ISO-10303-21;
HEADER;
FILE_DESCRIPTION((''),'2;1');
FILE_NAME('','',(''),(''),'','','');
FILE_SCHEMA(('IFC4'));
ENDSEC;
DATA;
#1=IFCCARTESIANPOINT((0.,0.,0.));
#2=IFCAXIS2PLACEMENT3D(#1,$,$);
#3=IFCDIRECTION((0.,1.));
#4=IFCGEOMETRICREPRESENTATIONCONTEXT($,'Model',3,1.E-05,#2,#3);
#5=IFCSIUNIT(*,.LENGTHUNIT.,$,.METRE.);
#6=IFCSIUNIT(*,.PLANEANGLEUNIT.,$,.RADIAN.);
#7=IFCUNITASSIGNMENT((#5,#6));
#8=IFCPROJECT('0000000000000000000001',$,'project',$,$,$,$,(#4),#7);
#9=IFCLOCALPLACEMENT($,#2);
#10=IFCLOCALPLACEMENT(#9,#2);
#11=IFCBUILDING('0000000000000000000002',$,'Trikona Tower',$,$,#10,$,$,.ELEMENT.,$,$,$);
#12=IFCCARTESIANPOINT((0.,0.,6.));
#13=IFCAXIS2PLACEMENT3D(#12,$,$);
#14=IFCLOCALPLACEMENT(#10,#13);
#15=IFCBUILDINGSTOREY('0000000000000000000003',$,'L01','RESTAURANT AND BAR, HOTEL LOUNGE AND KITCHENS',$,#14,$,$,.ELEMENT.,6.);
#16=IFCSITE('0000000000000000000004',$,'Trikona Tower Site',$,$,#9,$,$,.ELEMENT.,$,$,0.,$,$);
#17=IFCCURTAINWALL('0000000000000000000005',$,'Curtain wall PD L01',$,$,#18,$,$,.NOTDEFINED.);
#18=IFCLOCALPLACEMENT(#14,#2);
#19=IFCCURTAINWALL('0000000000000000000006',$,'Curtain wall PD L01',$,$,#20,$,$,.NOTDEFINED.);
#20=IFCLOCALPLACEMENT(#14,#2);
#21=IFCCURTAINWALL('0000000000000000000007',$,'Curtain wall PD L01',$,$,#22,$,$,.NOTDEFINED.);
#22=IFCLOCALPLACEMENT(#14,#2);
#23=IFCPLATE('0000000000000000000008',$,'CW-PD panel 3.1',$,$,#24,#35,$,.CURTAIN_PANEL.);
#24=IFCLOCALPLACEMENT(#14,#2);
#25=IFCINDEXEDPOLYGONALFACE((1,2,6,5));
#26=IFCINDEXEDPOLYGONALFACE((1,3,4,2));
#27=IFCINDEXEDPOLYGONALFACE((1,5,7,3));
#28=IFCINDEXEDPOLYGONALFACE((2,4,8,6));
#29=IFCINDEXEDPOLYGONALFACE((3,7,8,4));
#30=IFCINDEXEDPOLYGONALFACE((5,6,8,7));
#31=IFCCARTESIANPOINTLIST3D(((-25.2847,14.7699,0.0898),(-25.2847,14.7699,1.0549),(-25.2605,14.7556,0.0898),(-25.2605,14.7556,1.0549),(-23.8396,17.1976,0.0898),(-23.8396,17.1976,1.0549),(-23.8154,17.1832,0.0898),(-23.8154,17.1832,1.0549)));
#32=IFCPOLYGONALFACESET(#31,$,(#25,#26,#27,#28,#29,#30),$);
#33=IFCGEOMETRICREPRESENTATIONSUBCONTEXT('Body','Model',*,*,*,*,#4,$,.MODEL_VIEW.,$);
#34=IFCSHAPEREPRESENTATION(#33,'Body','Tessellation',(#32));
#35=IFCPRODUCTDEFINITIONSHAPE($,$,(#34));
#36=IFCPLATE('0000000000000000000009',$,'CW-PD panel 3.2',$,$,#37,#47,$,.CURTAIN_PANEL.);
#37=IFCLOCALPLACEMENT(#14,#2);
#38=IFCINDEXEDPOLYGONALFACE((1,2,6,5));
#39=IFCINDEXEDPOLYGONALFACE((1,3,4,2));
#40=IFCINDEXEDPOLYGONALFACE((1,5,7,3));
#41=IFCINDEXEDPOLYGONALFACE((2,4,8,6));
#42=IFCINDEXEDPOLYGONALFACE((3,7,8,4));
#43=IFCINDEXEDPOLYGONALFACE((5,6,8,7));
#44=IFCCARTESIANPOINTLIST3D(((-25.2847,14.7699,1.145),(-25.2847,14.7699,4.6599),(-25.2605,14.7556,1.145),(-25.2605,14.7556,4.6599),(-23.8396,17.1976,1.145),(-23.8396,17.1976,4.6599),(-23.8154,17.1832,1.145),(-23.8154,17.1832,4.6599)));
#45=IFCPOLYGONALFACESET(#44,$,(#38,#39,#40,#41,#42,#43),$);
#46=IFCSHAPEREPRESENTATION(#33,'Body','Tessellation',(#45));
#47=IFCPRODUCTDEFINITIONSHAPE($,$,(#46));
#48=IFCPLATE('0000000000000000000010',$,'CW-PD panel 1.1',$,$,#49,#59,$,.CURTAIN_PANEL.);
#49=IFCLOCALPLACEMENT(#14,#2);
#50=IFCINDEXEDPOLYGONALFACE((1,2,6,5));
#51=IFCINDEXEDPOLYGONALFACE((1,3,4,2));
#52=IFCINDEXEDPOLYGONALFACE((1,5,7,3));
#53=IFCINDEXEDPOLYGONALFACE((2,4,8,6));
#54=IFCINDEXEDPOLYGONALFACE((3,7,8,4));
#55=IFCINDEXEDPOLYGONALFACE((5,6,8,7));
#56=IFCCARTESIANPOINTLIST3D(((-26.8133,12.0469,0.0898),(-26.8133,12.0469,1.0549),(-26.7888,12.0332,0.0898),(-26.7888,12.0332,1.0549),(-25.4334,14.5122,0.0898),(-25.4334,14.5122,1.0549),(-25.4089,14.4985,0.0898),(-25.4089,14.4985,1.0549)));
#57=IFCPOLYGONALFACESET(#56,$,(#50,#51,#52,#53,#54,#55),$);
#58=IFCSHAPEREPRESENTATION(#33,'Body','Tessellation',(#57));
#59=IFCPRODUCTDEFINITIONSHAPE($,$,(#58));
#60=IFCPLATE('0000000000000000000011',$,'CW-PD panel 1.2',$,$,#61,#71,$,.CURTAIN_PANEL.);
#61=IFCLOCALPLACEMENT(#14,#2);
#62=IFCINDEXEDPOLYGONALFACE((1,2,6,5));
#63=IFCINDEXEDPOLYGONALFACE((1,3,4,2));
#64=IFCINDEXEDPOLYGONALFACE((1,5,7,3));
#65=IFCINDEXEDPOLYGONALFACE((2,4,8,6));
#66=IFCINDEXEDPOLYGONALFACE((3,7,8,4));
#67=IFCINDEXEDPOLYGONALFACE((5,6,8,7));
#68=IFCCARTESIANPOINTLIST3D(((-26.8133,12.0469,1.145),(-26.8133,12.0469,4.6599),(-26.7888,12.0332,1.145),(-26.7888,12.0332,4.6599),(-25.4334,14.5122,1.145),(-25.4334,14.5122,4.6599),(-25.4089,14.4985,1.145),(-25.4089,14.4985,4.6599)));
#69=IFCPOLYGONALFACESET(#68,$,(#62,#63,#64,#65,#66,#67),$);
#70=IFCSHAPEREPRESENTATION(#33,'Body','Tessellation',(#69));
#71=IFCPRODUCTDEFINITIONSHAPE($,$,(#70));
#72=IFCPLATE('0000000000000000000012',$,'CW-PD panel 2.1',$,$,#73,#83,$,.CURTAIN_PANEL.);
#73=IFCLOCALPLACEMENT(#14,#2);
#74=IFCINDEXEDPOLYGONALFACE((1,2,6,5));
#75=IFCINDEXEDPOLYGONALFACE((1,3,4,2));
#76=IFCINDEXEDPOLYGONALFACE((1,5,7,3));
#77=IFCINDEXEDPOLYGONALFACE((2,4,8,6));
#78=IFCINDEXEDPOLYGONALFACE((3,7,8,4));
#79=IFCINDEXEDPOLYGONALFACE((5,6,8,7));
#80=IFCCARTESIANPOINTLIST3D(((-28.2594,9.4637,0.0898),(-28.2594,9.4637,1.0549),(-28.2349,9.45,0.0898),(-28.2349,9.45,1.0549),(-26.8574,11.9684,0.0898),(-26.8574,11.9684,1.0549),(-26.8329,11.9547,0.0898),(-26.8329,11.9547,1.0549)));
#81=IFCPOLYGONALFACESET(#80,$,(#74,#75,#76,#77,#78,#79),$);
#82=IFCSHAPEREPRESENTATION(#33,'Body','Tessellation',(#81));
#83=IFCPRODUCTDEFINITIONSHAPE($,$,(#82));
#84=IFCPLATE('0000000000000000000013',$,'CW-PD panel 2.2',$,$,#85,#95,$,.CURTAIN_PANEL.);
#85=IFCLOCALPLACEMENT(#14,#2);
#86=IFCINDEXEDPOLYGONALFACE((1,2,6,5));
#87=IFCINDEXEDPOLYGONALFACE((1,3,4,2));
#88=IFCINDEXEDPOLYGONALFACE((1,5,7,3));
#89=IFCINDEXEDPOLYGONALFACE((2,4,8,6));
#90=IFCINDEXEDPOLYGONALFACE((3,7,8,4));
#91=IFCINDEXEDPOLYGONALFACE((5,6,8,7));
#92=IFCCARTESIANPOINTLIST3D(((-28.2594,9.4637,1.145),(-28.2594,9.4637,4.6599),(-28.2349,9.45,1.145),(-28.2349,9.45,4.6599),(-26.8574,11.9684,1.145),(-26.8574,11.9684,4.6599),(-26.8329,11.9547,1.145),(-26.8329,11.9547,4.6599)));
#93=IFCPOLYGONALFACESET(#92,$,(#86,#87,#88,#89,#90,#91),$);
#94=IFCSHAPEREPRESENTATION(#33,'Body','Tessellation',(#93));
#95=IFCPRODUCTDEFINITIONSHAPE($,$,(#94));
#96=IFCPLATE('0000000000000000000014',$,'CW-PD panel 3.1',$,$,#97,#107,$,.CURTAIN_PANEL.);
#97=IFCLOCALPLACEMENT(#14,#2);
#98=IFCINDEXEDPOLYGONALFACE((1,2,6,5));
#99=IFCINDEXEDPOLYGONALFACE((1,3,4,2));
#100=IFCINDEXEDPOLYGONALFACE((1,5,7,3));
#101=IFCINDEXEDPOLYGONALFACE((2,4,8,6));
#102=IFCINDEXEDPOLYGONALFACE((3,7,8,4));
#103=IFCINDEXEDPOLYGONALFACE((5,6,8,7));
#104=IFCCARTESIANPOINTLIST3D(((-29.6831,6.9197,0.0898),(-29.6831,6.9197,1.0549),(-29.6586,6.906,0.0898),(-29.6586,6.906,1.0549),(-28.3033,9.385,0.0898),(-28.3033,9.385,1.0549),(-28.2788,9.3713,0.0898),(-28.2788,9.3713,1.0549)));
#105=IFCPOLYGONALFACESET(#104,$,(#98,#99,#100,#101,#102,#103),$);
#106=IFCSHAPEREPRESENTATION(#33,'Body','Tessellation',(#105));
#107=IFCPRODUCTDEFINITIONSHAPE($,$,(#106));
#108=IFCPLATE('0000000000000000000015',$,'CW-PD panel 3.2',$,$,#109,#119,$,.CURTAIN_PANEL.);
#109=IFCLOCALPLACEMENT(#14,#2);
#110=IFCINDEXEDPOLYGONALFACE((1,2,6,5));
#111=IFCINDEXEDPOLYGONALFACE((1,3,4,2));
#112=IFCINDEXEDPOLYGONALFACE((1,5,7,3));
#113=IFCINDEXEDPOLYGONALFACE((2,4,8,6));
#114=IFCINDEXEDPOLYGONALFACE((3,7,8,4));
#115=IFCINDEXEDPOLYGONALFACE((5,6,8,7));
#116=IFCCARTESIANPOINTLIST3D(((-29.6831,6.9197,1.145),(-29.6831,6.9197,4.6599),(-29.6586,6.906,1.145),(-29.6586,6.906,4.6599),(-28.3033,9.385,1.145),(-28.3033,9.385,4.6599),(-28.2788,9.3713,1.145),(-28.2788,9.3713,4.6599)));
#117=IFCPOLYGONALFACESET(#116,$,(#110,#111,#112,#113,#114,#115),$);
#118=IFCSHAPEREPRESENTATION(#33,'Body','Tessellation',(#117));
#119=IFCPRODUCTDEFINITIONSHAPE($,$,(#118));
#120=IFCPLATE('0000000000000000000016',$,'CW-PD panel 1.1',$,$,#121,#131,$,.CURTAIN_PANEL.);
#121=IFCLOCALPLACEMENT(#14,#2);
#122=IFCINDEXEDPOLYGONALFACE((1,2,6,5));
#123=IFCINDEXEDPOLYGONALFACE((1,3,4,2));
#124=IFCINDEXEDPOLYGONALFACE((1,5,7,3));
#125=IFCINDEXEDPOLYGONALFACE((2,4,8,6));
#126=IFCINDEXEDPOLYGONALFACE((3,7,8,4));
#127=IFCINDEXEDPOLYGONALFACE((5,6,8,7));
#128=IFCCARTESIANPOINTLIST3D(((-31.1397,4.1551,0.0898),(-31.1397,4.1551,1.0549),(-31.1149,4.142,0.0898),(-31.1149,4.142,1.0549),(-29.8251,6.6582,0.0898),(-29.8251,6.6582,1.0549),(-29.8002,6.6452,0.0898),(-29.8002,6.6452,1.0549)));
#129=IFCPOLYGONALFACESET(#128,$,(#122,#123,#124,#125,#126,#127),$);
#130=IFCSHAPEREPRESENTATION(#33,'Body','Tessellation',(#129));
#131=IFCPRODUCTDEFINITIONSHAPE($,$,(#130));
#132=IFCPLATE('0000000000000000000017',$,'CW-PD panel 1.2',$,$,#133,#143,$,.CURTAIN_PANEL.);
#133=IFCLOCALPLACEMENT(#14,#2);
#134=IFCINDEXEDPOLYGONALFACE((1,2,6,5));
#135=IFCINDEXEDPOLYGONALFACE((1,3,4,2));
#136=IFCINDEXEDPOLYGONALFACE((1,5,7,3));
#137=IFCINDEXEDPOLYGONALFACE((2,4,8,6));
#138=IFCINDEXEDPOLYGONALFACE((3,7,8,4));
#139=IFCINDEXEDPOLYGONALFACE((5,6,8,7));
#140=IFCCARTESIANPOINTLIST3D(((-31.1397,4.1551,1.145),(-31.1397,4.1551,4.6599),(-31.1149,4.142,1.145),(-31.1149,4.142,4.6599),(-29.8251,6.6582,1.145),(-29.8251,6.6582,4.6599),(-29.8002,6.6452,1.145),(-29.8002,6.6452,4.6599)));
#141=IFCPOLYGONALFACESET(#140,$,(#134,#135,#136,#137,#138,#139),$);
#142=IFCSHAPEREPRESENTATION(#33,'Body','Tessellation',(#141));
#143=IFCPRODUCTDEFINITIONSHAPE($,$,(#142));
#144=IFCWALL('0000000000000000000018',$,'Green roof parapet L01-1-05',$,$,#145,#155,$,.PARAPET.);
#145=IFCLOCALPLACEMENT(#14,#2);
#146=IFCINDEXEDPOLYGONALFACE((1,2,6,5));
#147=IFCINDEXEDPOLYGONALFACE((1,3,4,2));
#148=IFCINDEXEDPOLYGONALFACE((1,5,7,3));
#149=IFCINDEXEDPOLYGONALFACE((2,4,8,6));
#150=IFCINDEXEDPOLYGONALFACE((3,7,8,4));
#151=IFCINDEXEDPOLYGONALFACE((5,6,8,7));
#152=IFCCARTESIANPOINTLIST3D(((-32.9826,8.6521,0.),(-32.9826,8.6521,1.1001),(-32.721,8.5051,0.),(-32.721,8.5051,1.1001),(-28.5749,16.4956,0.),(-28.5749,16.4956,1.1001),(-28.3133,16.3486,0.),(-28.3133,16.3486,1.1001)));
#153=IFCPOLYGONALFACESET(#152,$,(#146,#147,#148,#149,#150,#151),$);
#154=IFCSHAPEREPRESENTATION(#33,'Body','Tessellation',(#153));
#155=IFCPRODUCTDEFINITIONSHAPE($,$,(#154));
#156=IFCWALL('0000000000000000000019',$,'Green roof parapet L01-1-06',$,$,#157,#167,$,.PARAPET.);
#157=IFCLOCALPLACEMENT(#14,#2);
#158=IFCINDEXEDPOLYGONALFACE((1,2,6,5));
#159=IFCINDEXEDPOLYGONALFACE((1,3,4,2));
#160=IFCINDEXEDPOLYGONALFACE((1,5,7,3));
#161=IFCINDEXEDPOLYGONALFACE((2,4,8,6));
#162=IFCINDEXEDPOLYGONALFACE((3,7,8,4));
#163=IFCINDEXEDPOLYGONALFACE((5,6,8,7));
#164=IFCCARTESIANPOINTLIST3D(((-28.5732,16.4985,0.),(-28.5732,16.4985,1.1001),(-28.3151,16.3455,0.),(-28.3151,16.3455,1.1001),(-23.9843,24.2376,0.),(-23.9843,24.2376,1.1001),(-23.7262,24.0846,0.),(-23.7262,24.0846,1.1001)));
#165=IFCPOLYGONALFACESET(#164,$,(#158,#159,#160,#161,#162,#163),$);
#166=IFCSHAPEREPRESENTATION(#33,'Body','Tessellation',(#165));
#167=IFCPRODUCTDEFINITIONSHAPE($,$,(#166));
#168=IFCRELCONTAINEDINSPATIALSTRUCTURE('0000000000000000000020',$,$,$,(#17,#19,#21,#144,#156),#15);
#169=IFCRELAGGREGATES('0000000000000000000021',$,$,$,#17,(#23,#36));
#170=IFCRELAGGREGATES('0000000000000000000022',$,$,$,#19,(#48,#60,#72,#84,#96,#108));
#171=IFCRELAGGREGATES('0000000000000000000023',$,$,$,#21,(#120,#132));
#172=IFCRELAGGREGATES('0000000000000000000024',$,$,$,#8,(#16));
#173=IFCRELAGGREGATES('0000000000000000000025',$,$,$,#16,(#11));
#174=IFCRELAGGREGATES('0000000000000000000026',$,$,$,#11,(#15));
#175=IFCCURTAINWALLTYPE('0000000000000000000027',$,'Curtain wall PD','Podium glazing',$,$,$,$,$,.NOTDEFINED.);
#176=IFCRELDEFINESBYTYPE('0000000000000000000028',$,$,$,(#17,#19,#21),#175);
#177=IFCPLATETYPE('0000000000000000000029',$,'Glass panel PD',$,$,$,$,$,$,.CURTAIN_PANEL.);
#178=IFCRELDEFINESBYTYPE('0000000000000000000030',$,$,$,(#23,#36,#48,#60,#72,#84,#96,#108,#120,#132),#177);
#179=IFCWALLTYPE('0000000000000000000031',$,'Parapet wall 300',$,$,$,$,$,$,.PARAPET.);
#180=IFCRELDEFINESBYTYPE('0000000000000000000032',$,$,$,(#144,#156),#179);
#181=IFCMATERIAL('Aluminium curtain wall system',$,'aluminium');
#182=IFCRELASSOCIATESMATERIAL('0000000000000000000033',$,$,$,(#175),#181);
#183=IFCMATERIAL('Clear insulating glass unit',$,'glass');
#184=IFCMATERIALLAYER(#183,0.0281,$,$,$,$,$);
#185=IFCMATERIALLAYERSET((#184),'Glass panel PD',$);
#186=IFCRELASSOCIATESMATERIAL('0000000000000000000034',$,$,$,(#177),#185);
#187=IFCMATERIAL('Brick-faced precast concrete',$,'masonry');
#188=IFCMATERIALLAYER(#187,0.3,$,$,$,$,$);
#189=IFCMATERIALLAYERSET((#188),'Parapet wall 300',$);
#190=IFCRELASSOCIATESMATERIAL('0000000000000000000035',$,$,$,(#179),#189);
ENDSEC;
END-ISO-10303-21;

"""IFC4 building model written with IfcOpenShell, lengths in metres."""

from ifc_helpers import new_model, si_unit, direction, frame, frame_2d, origin, origin_2d, place, context, subcontext, project, spatial, rectangle, extrude, material, layer, layer_set, type_object, element, aggregate, save


model = new_model("IFC4")

# Units and contexts
model_context = context("Model", 3, precision=1e-05, world=origin(), true_north=direction((0.0, 1.0)))
body_context = subcontext(model_context, "Body", "Model", "MODEL_VIEW")
ifc_project = project(units=[si_unit("LENGTHUNIT", "METRE"), si_unit("PLANEANGLEUNIT", "RADIAN")], contexts=[model_context])

# Site, building, storey
site_placement = place(None, origin())
site = spatial("IfcSite", under=ifc_project, at=site_placement, Name="Trikona Tower Site", CompositionType="ELEMENT", RefElevation=0.0)
building_placement = place(site_placement, origin())
building = spatial("IfcBuilding", under=site, at=building_placement, Name="Trikona Tower", CompositionType="ELEMENT")
storey_placement = place(building_placement, frame((0.0, 0.0, 6.0)))
storey = spatial("IfcBuildingStorey", under=building, at=storey_placement, Name="L01", Description="RESTAURANT AND BAR, HOTEL LOUNGE AND KITCHENS", CompositionType="ELEMENT", Elevation=6.0)

# Curtain wall
ifc_material_1 = material(Name="Aluminium curtain wall system", Category="aluminium")
curtain_wall_type = type_object("IfcCurtainWallType", Name="Curtain wall PD", Description="Podium glazing", PredefinedType="NOTDEFINED", material=ifc_material_1)
curtain_wall_1_placement = place(storey_placement, origin())
curtain_wall_1 = element("IfcCurtainWall", 1, at=curtain_wall_1_placement, inside=storey, type_object=curtain_wall_type, Name="Curtain wall PD L01", PredefinedType="NOTDEFINED")

# Curtain walls
curtain_wall_2_placement = place(storey_placement, origin())
curtain_wall_2 = element("IfcCurtainWall", 2, at=curtain_wall_2_placement, inside=storey, type_object=curtain_wall_type, Name="Curtain wall PD L01", PredefinedType="NOTDEFINED")
curtain_wall_3_placement = place(storey_placement, origin())
curtain_wall_3 = element("IfcCurtainWall", 3, at=curtain_wall_3_placement, inside=storey, type_object=curtain_wall_type, Name="Curtain wall PD L01", PredefinedType="NOTDEFINED")

# Plates
ifc_material_2 = material(Name="Clear insulating glass unit", Category="glass")
ifc_layer_1 = layer(ifc_material_2, 0.0281)
ifc_layer_set_1 = layer_set([ifc_layer_1], Name="Glass panel PD")
plate_type = type_object("IfcPlateType", Name="Glass panel PD", PredefinedType="CURTAIN_PANEL", material=ifc_layer_set_1)
plate_1_placement = place(storey_placement, frame((-24.55, 15.9766, 0.0898), z_axis=(0.0, 0.0, 1.0), x_axis=(-0.511499, -0.859284, 0.0)))
plate_1 = element("IfcPlate", 4, at=plate_1_placement, type_object=plate_type, Name="CW-PD panel 3.1", PredefinedType="CURTAIN_PANEL", context=body_context, shape_type="SweptSolid", body=[
    extrude(rectangle(XDim=2.8252, YDim=0.0281, at=origin_2d()), origin(), (0.0, 0.0, 1.0), 0.9651),
])
plate_2_placement = place(storey_placement, frame((-24.55, 15.9766, 1.145), z_axis=(0.0, 0.0, 1.0), x_axis=(-0.511499, -0.859284, 0.0)))
plate_2 = element("IfcPlate", 5, at=plate_2_placement, type_object=plate_type, Name="CW-PD panel 3.2", PredefinedType="CURTAIN_PANEL", context=body_context, shape_type="SweptSolid", body=[
    extrude(rectangle(XDim=2.8252, YDim=0.0281, at=origin_2d()), origin(), (0.0, 0.0, 1.0), 3.5149),
])
aggregate(curtain_wall_1, [plate_1, plate_2])
plate_3_placement = place(storey_placement, frame((-26.1111, 13.2727, 0.0898), z_axis=(0.0, 0.0, 1.0), x_axis=(-0.488413, -0.872613, 0.0)))
plate_3 = element("IfcPlate", 6, at=plate_3_placement, type_object=plate_type, Name="CW-PD panel 1.1", PredefinedType="CURTAIN_PANEL", context=body_context, shape_type="SweptSolid", body=[
    extrude(rectangle(XDim=2.8252, YDim=0.0281, at=origin_2d()), origin(), (0.0, 0.0, 1.0), 0.9651),
])
plate_4_placement = place(storey_placement, frame((-26.1111, 13.2727, 1.145), z_axis=(0.0, 0.0, 1.0), x_axis=(-0.488413, -0.872613, 0.0)))
plate_4 = element("IfcPlate", 7, at=plate_4_placement, type_object=plate_type, Name="CW-PD panel 1.2", PredefinedType="CURTAIN_PANEL", context=body_context, shape_type="SweptSolid", body=[
    extrude(rectangle(XDim=2.8252, YDim=0.0281, at=origin_2d()), origin(), (0.0, 0.0, 1.0), 3.5149),
])
plate_5_placement = place(storey_placement, frame((-27.5461, 10.7092, 0.0898), z_axis=(0.0, 0.0, 1.0), x_axis=(-0.488413, -0.872613, 0.0)))
plate_5 = element("IfcPlate", 8, at=plate_5_placement, type_object=plate_type, Name="CW-PD panel 2.1", PredefinedType="CURTAIN_PANEL", context=body_context, shape_type="SweptSolid", body=[
    extrude(rectangle(XDim=2.8704, YDim=0.0281, at=origin_2d()), origin(), (0.0, 0.0, 1.0), 0.9651),
])
plate_6_placement = place(storey_placement, frame((-27.5461, 10.7092, 1.145), z_axis=(0.0, 0.0, 1.0), x_axis=(-0.488413, -0.872613, 0.0)))
plate_6 = element("IfcPlate", 9, at=plate_6_placement, type_object=plate_type, Name="CW-PD panel 2.2", PredefinedType="CURTAIN_PANEL", context=body_context, shape_type="SweptSolid", body=[
    extrude(rectangle(XDim=2.8704, YDim=0.0281, at=origin_2d()), origin(), (0.0, 0.0, 1.0), 3.5149),
])
plate_7_placement = place(storey_placement, frame((-28.981, 8.1455, 0.0898), z_axis=(0.0, 0.0, 1.0), x_axis=(-0.488413, -0.872613, 0.0)))
plate_7 = element("IfcPlate", 10, at=plate_7_placement, type_object=plate_type, Name="CW-PD panel 3.1", PredefinedType="CURTAIN_PANEL", context=body_context, shape_type="SweptSolid", body=[
    extrude(rectangle(XDim=2.8252, YDim=0.0281, at=origin_2d()), origin(), (0.0, 0.0, 1.0), 0.9651),
])
plate_8_placement = place(storey_placement, frame((-28.981, 8.1455, 1.145), z_axis=(0.0, 0.0, 1.0), x_axis=(-0.488413, -0.872613, 0.0)))
plate_8 = element("IfcPlate", 11, at=plate_8_placement, type_object=plate_type, Name="CW-PD panel 3.2", PredefinedType="CURTAIN_PANEL", context=body_context, shape_type="SweptSolid", body=[
    extrude(rectangle(XDim=2.8252, YDim=0.0281, at=origin_2d()), origin(), (0.0, 0.0, 1.0), 3.5149),
])
aggregate(curtain_wall_2, [plate_3, plate_4, plate_5, plate_6, plate_7, plate_8])
plate_9_placement = place(storey_placement, frame((-30.47, 5.4001, 0.0898), z_axis=(0.0, 0.0, 1.0), x_axis=(-0.464979, -0.885322, 0.0)))
plate_9 = element("IfcPlate", 12, at=plate_9_placement, type_object=plate_type, Name="CW-PD panel 1.1", PredefinedType="CURTAIN_PANEL", context=body_context, shape_type="SweptSolid", body=[
    extrude(rectangle(XDim=2.8274, YDim=0.0281, at=origin_2d()), origin(), (0.0, 0.0, 1.0), 0.9651),
])
plate_10_placement = place(storey_placement, frame((-30.47, 5.4001, 1.145), z_axis=(0.0, 0.0, 1.0), x_axis=(-0.464979, -0.885322, 0.0)))
plate_10 = element("IfcPlate", 13, at=plate_10_placement, type_object=plate_type, Name="CW-PD panel 1.2", PredefinedType="CURTAIN_PANEL", context=body_context, shape_type="SweptSolid", body=[
    extrude(rectangle(XDim=2.8274, YDim=0.0281, at=origin_2d()), origin(), (0.0, 0.0, 1.0), 3.5149),
])
aggregate(curtain_wall_3, [plate_9, plate_10])

# Walls
ifc_material_3 = material(Name="Brick-faced precast concrete", Category="masonry")
ifc_layer_2 = layer(ifc_material_3, 0.3)
ifc_layer_set_2 = layer_set([ifc_layer_2], Name="Parapet wall 300")
wall_type = type_object("IfcWallType", Name="Parapet wall 300", PredefinedType="PARAPET", material=ifc_layer_set_2)
wall_1_placement = place(storey_placement, frame((-32.8518, 8.5786, 0.0), z_axis=(0.0, 0.0, 1.0), x_axis=(0.489902, 0.871778, 0.0)))
element("IfcWall", 14, at=wall_1_placement, inside=storey, type_object=wall_type, Name="Green roof parapet L01-1-05", PredefinedType="PARAPET", context=body_context, shape_type="SweptSolid", body=[
    extrude(rectangle(XDim=8.9971, YDim=0.3, at=frame_2d((4.4985, 0.0))), origin(), (0.0, 0.0, 1.0), 1.1001),
])
wall_2_placement = place(storey_placement, frame((-28.4441, 16.4221, 0.0), z_axis=(0.0, 0.0, 1.0), x_axis=(0.510031, 0.860156, 0.0)))
element("IfcWall", 15, at=wall_2_placement, inside=storey, type_object=wall_type, Name="Green roof parapet L01-1-06", PredefinedType="PARAPET", context=body_context, shape_type="SweptSolid", body=[
    extrude(rectangle(XDim=8.9973, YDim=0.3, at=frame_2d((4.4985, 0.0))), origin(), (0.0, 0.0, 1.0), 1.1001),
])

save(model, "model.ifc")
